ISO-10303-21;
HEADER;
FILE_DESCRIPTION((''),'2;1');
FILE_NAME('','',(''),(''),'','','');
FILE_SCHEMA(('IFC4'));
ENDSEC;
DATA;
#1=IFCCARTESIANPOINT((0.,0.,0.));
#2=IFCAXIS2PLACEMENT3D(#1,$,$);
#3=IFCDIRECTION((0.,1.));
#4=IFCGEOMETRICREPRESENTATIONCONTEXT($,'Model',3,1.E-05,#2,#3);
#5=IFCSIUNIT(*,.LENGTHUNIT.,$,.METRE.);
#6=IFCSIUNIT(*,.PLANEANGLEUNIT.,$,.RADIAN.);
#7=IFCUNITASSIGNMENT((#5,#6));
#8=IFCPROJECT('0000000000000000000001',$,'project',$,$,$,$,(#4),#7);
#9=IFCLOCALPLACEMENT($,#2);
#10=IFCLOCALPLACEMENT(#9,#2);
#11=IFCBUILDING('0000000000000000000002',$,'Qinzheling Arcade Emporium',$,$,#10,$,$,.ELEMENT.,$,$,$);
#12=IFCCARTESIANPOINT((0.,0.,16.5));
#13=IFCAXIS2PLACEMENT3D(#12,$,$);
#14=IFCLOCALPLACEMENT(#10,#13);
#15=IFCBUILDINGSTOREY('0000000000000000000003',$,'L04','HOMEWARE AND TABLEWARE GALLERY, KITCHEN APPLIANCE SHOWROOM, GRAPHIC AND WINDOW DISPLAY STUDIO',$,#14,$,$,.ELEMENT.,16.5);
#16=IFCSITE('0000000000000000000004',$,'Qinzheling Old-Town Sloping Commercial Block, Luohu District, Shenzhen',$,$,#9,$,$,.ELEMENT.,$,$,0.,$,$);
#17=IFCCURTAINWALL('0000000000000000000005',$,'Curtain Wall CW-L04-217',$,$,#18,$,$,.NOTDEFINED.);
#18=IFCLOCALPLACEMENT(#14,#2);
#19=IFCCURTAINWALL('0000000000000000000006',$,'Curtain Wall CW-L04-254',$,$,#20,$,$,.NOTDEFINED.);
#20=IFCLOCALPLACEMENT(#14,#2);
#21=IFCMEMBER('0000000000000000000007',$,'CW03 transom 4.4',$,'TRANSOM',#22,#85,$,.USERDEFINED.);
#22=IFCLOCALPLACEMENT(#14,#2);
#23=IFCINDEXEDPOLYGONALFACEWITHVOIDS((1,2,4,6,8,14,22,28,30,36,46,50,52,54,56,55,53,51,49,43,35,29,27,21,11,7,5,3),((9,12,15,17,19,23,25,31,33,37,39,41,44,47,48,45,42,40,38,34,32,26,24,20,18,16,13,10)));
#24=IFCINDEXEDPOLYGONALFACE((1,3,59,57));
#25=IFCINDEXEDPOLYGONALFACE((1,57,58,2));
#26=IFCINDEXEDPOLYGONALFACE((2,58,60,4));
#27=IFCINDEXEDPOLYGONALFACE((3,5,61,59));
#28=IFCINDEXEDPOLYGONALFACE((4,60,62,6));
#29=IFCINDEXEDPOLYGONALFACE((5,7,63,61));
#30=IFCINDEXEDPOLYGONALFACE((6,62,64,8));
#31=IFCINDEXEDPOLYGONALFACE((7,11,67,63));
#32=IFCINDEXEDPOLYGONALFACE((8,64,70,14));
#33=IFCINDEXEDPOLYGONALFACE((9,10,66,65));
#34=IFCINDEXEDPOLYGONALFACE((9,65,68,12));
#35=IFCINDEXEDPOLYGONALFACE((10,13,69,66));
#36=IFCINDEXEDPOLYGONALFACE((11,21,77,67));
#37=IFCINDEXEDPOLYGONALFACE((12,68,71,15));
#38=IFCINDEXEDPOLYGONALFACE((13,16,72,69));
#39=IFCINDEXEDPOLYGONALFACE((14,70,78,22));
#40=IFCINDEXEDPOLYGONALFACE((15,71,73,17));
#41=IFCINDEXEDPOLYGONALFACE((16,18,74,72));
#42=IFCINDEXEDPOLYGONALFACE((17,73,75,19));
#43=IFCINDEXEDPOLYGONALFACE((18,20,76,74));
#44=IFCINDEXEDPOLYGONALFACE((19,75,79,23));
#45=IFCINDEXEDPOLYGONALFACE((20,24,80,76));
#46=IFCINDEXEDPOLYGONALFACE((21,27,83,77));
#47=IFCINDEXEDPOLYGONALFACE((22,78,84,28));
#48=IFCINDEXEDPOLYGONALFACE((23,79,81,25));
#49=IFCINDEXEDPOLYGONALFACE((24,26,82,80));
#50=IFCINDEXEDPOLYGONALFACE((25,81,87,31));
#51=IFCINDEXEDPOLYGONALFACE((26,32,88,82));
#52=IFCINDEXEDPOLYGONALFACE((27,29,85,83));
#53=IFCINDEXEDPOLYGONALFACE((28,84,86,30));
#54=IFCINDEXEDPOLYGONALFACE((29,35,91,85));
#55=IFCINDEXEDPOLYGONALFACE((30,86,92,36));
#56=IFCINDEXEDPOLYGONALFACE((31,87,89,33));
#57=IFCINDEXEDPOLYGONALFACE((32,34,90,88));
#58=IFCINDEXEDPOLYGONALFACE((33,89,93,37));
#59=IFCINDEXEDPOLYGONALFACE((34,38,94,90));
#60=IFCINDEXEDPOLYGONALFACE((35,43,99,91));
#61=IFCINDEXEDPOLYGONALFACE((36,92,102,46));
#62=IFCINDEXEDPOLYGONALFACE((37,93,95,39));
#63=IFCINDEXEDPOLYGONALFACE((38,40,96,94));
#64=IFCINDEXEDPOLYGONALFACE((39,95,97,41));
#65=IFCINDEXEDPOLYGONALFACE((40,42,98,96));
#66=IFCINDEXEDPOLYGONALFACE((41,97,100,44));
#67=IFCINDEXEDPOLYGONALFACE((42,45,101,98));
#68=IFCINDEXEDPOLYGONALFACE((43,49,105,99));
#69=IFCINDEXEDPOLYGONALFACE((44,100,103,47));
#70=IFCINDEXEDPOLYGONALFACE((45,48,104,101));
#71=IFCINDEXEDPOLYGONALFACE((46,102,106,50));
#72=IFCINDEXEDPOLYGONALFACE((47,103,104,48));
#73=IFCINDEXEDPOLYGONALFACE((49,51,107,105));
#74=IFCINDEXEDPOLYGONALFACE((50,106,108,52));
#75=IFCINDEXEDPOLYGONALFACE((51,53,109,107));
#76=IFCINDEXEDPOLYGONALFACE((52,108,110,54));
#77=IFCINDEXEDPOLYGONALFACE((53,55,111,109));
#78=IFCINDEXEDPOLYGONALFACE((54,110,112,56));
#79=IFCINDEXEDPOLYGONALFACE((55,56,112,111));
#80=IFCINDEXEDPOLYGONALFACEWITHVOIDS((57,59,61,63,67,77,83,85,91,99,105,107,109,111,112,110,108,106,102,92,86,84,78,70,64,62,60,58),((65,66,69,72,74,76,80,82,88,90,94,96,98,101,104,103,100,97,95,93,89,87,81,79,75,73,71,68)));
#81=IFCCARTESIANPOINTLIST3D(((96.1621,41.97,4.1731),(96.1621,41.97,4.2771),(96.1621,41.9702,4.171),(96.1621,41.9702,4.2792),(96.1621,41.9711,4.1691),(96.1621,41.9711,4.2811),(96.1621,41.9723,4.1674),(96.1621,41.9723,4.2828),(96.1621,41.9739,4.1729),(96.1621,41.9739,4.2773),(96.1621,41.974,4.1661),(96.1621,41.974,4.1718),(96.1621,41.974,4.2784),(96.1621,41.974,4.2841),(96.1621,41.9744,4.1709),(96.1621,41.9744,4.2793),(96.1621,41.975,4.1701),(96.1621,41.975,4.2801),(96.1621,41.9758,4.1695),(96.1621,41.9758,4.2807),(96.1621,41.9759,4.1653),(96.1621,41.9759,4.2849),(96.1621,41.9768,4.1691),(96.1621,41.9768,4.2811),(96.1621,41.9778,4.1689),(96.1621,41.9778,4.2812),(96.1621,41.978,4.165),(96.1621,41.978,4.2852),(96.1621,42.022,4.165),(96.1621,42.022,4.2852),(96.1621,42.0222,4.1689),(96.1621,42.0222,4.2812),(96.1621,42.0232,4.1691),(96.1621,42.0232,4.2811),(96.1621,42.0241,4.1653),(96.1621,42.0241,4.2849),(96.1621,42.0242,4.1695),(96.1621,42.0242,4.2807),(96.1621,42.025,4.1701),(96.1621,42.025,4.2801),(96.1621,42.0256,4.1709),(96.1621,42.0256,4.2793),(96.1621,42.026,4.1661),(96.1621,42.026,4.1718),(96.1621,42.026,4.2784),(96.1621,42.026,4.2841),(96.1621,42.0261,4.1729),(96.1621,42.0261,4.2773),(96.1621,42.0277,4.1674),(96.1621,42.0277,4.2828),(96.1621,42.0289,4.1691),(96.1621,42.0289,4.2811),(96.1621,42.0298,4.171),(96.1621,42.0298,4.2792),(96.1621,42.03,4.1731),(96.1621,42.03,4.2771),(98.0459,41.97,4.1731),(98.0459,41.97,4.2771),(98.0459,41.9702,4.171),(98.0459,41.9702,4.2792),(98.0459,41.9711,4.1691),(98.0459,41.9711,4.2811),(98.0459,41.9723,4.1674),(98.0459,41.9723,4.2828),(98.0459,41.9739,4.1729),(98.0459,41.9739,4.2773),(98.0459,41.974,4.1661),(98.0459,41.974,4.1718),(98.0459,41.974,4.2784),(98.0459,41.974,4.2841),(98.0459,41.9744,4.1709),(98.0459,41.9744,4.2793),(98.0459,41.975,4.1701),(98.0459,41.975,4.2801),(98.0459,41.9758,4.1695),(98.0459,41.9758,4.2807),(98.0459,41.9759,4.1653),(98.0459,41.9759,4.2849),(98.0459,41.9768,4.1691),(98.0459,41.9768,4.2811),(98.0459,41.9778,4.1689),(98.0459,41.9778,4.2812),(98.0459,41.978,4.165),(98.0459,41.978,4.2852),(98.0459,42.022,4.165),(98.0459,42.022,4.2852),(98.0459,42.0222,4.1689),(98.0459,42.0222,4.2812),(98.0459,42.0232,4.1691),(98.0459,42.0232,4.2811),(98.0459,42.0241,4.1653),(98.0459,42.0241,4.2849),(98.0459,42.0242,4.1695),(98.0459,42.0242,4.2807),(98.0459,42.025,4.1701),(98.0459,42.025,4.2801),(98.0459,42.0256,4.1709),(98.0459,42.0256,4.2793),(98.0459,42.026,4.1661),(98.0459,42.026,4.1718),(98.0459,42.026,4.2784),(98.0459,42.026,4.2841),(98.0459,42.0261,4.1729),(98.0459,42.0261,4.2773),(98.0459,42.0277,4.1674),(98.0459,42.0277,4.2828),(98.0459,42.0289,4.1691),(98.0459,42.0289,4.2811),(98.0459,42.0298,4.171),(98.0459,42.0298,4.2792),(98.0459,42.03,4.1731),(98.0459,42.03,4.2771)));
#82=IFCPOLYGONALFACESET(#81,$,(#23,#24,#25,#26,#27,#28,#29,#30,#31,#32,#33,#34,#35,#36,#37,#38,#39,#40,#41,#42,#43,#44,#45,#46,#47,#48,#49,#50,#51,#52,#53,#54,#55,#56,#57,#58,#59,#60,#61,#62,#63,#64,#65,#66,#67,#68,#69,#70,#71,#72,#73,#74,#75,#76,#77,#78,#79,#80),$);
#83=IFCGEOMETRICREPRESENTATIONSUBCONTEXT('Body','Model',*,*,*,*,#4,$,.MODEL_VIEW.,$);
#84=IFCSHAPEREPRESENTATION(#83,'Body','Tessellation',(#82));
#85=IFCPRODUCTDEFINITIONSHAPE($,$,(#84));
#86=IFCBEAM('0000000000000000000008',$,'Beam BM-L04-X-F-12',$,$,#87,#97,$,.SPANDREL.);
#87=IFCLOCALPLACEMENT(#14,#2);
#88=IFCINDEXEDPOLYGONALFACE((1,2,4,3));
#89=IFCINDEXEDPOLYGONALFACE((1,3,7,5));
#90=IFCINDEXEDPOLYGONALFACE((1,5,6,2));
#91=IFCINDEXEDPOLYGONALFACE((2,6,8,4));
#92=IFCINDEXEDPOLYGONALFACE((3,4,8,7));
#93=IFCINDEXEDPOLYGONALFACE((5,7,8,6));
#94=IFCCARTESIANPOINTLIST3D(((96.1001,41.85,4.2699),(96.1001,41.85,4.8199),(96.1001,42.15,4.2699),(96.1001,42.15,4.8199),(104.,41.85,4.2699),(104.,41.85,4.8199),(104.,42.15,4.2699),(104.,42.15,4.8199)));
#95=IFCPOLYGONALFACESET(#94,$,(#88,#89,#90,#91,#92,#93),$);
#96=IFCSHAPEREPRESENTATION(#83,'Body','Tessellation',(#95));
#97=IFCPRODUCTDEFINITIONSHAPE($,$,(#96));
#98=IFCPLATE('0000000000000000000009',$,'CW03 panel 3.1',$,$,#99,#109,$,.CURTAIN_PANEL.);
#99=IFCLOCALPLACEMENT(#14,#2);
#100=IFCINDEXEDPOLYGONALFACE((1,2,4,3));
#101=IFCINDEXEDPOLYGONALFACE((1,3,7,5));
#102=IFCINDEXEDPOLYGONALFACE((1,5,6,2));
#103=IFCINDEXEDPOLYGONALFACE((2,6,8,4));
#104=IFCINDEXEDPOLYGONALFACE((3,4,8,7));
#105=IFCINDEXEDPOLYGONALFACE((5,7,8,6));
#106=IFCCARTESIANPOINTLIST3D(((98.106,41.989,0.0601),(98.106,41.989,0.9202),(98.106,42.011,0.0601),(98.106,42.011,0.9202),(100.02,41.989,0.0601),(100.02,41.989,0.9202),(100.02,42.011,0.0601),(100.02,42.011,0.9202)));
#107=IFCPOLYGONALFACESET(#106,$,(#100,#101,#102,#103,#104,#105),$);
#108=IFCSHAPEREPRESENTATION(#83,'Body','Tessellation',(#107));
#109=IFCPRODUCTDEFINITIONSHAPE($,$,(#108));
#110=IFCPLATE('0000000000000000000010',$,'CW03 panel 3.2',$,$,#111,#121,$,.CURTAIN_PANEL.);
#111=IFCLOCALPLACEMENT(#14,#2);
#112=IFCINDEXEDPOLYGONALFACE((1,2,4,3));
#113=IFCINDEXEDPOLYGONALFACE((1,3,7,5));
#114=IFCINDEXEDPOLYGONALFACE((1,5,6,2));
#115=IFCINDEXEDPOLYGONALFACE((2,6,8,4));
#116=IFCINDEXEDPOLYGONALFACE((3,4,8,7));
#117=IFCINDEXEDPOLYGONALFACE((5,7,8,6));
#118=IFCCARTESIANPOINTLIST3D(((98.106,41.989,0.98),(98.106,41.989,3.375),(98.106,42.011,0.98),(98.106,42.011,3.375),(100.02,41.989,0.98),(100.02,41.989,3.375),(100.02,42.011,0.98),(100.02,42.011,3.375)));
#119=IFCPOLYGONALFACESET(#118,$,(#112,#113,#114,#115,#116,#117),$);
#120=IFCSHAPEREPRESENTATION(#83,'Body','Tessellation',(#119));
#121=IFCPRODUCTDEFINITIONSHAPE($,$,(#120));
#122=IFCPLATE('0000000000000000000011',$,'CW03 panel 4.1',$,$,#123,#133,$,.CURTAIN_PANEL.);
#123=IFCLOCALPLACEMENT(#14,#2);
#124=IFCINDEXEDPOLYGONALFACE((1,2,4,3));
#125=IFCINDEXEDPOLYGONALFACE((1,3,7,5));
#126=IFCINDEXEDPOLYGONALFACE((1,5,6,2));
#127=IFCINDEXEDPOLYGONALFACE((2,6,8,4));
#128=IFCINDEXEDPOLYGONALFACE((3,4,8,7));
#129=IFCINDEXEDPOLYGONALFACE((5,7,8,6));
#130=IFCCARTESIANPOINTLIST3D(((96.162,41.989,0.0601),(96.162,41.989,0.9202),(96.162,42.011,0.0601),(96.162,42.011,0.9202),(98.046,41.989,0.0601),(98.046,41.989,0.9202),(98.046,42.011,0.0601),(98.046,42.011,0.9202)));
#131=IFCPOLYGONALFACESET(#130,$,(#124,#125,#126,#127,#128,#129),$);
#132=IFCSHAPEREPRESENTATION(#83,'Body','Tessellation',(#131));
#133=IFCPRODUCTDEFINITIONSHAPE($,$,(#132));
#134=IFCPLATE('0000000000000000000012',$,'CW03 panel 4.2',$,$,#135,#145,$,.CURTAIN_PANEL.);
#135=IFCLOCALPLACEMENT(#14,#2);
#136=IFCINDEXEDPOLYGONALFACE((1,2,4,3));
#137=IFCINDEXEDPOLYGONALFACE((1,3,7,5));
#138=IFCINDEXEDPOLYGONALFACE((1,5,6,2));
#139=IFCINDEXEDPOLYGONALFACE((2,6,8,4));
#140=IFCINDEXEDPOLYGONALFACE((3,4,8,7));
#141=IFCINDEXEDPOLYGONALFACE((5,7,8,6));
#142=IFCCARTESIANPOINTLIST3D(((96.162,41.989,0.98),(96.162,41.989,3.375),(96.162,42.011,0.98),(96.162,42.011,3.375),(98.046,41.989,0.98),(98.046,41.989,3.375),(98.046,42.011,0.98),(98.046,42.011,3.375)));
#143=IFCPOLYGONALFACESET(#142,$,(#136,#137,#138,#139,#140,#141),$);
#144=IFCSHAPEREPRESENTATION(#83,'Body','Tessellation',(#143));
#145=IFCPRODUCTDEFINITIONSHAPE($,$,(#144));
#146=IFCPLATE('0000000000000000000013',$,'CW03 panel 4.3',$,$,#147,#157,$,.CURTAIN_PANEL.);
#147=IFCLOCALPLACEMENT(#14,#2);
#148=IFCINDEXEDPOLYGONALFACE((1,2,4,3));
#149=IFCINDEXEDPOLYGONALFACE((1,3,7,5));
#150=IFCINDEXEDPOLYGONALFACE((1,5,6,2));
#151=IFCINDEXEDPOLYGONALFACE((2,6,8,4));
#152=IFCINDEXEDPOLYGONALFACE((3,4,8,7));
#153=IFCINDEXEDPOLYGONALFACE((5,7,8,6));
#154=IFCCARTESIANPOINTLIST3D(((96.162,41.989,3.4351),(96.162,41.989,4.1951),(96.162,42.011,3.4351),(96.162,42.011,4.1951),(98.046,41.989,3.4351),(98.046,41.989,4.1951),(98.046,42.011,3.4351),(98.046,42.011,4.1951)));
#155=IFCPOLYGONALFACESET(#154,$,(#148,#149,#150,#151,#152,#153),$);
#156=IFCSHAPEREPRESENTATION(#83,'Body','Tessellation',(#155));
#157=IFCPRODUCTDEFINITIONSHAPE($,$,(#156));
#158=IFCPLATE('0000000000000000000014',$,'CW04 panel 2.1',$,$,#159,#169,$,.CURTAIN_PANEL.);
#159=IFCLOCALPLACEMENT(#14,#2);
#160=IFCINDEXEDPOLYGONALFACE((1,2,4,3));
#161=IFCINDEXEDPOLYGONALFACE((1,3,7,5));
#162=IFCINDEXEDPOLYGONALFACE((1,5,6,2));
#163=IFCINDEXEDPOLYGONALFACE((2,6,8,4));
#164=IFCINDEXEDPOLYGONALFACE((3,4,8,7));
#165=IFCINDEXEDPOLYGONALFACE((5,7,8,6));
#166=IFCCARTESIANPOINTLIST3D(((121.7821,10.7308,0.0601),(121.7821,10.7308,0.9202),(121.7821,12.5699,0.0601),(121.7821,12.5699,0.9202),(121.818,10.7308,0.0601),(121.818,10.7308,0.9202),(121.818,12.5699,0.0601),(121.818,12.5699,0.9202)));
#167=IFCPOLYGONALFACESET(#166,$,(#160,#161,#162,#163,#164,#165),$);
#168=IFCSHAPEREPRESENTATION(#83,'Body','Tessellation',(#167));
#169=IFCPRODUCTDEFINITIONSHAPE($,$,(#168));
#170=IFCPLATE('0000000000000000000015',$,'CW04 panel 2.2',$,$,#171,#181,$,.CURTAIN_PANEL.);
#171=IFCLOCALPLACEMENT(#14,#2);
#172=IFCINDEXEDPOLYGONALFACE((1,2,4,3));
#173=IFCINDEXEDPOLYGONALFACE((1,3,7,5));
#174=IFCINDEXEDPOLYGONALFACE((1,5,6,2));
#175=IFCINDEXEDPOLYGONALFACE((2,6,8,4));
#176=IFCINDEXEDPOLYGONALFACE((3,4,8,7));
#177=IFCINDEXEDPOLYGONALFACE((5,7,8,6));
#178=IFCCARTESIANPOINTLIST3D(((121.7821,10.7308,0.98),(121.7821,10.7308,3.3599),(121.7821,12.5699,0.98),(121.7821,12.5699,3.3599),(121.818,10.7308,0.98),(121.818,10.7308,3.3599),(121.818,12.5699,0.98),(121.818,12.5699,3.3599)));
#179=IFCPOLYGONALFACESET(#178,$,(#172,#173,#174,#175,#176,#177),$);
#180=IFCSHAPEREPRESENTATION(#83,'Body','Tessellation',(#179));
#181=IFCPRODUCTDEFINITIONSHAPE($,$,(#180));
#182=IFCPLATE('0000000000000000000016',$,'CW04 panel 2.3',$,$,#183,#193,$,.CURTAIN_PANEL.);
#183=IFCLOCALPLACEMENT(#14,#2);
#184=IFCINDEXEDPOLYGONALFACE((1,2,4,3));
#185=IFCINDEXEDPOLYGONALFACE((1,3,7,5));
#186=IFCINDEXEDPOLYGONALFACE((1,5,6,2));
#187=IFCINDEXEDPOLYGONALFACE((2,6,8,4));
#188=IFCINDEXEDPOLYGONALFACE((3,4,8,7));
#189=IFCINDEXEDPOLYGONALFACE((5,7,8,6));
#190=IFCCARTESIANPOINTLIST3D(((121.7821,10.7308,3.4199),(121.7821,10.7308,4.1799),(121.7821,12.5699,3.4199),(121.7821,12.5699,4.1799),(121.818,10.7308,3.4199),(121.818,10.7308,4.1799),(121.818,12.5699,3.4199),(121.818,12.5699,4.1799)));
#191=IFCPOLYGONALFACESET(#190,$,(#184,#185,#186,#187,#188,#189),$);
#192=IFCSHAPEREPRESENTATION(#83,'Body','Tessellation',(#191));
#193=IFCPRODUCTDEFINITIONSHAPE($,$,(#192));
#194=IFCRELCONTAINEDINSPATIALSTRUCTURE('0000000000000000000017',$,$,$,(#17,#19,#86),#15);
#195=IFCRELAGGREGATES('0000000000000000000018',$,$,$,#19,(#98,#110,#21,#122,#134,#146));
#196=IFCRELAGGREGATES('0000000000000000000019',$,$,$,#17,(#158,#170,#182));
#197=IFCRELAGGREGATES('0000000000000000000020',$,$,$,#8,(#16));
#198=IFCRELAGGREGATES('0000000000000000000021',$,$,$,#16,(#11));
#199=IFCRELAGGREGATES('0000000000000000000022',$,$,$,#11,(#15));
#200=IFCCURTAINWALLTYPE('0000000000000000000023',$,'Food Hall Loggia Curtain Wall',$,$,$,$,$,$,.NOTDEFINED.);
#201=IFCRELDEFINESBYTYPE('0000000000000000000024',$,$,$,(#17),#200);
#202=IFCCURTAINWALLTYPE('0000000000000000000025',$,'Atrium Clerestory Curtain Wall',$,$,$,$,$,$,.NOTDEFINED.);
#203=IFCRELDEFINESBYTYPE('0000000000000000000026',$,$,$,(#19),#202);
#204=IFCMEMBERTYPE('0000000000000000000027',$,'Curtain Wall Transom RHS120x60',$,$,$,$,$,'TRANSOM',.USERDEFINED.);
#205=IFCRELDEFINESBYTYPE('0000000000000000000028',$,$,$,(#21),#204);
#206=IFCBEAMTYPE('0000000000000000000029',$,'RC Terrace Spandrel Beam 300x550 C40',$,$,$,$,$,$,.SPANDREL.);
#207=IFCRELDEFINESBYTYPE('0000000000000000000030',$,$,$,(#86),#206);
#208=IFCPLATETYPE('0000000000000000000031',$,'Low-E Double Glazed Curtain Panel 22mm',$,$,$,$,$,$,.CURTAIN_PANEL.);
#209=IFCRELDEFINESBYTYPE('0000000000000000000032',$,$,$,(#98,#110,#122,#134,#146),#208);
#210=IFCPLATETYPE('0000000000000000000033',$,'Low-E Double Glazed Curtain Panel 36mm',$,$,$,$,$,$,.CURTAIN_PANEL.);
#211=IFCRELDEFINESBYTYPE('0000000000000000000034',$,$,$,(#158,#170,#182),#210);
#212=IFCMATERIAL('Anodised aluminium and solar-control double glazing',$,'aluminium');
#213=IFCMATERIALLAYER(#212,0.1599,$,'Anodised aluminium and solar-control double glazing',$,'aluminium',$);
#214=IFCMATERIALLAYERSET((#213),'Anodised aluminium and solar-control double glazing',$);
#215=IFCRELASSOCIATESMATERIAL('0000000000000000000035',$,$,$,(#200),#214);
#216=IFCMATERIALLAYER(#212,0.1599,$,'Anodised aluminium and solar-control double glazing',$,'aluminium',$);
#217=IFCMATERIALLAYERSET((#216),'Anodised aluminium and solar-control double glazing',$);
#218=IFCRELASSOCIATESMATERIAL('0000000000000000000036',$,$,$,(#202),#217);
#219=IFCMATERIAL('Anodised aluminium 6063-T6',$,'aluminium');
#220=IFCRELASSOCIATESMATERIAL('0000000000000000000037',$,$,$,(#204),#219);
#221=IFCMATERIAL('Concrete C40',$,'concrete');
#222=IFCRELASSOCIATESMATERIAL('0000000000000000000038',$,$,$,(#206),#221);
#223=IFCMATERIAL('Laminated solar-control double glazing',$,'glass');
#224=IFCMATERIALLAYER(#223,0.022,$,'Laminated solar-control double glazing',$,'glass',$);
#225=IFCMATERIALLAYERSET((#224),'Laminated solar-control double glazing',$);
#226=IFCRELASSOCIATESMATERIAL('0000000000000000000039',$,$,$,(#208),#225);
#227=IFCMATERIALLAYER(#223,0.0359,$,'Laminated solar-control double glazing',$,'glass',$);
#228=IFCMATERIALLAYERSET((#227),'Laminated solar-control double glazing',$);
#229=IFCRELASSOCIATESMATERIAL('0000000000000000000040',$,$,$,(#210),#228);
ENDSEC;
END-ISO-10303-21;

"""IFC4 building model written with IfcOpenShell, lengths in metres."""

from ifc_helpers import new_model, si_unit, direction, frame, origin, origin_2d, place, context, subcontext, project, spatial, rectangle, hollow_rectangle, extrude, material, layer, layer_set, material_profile, profile_set, type_object, element, aggregate, save


model = new_model("IFC4")

# Units and contexts
model_context = context("Model", 3, precision=1e-05, world=origin(), true_north=direction((0.0, 1.0)))
body_context = subcontext(model_context, "Body", "Model", "MODEL_VIEW")
ifc_project = project(units=[si_unit("LENGTHUNIT", "METRE"), si_unit("PLANEANGLEUNIT", "RADIAN")], contexts=[model_context])

# Site, building, storey
site_placement = place(None, origin())
site = spatial("IfcSite", under=ifc_project, at=site_placement, Name="Qinzheling Old-Town Sloping Commercial Block, Luohu District, Shenzhen", CompositionType="ELEMENT", RefElevation=0.0)
building_placement = place(site_placement, origin())
building = spatial("IfcBuilding", under=site, at=building_placement, Name="Qinzheling Arcade Emporium", CompositionType="ELEMENT")
storey_placement = place(building_placement, frame((0.0, 0.0, 16.5)))
storey = spatial("IfcBuildingStorey", under=building, at=storey_placement, Name="L04", Description="HOMEWARE AND TABLEWARE GALLERY, KITCHEN APPLIANCE SHOWROOM, GRAPHIC AND WINDOW DISPLAY STUDIO", CompositionType="ELEMENT", Elevation=16.5)

# Shared definitions
ifc_material_1 = material(Name="Concrete C40", Category="concrete")

# Curtain wall
ifc_material_2 = material(Name="Anodised aluminium and solar-control double glazing", Category="aluminium")
ifc_layer_1 = layer(ifc_material_2, 0.1599, Name="Anodised aluminium and solar-control double glazing", Category="aluminium")
ifc_layer_set_1 = layer_set([ifc_layer_1], Name="Anodised aluminium and solar-control double glazing")
curtain_wall_type_1 = type_object("IfcCurtainWallType", Name="Food Hall Loggia Curtain Wall", PredefinedType="NOTDEFINED", material=ifc_layer_set_1)
curtain_wall_1_placement = place(storey_placement, origin())
curtain_wall_1 = element("IfcCurtainWall", 1, at=curtain_wall_1_placement, inside=storey, type_object=curtain_wall_type_1, Name="Curtain Wall CW-L04-217", PredefinedType="NOTDEFINED")
ifc_material_3 = material(Name="Anodised aluminium 6063-T6", Category="aluminium")

# Curtain wall, member
ifc_layer_2 = layer(ifc_material_2, 0.1599, Name="Anodised aluminium and solar-control double glazing", Category="aluminium")
ifc_layer_set_2 = layer_set([ifc_layer_2], Name="Anodised aluminium and solar-control double glazing")
curtain_wall_type_2 = type_object("IfcCurtainWallType", Name="Atrium Clerestory Curtain Wall", PredefinedType="NOTDEFINED", material=ifc_layer_set_2)
curtain_wall_2_placement = place(storey_placement, origin())
curtain_wall_2 = element("IfcCurtainWall", 2, at=curtain_wall_2_placement, inside=storey, type_object=curtain_wall_type_2, Name="Curtain Wall CW-L04-254", PredefinedType="NOTDEFINED")
ifc_material_profile_1 = material_profile(ifc_material_3, hollow_rectangle(XDim=0.0601, YDim=0.1201, WallThickness=0.0039, InnerFilletRadius=0.0039, OuterFilletRadius=0.0081, at=origin_2d()), Name="RHS 120x60x4", Category="aluminium")
ifc_profile_set_1 = profile_set([ifc_material_profile_1], Name="Anodised aluminium 6063-T6")
member_type_1 = type_object("IfcMemberType", Name="Curtain Wall Transom RHS120x60", ElementType="TRANSOM", PredefinedType="USERDEFINED", material=ifc_profile_set_1)
member_1_placement = place(storey_placement, frame((98.0459, 42.0, 4.2251), z_axis=(-1.0, 0.0, 0.0), x_axis=(0.0, -1.0, 0.0)))
member_1 = element("IfcMember", 3, at=member_1_placement, type_object=member_type_1, Name="CW03 transom 4.4", ObjectType="TRANSOM", PredefinedType="USERDEFINED", context=body_context, shape_type="SweptSolid", body=[
    extrude(hollow_rectangle(XDim=0.0601, YDim=0.1201, WallThickness=0.0039, InnerFilletRadius=0.0039, OuterFilletRadius=0.0081, at=origin_2d()), origin(), (0.0, 0.0, 1.0), 1.8838),
])

# Beam
ifc_material_profile_2 = material_profile(ifc_material_1, rectangle(XDim=0.3, YDim=0.55, at=origin_2d()), Name="RC 300x550", Category="concrete")
ifc_profile_set_2 = profile_set([ifc_material_profile_2], Name="Concrete C40")
beam_type = type_object("IfcBeamType", Name="RC Terrace Spandrel Beam 300x550 C40", PredefinedType="SPANDREL", material=ifc_profile_set_2)
beam_placement = place(storey_placement, frame((96.1001, 42.0, 4.5449), z_axis=(1.0, 0.0, 0.0), x_axis=(0.0, 1.0, 0.0)))
element("IfcBeam", 4, at=beam_placement, inside=storey, type_object=beam_type, Name="Beam BM-L04-X-F-12", PredefinedType="SPANDREL", context=body_context, shape_type="SweptSolid", body=[
    extrude(rectangle(XDim=0.3, YDim=0.55, at=origin_2d()), origin(), (0.0, 0.0, 1.0), 7.8999),
])

# Plates
ifc_material_4 = material(Name="Laminated solar-control double glazing", Category="glass")
ifc_layer_3 = layer(ifc_material_4, 0.022, Name="Laminated solar-control double glazing", Category="glass")
ifc_layer_set_3 = layer_set([ifc_layer_3], Name="Laminated solar-control double glazing")
plate_type_1 = type_object("IfcPlateType", Name="Low-E Double Glazed Curtain Panel 22mm", PredefinedType="CURTAIN_PANEL", material=ifc_layer_set_3)
plate_1_placement = place(storey_placement, frame((99.063, 42.0, 0.0601), z_axis=(0.0, 0.0, 1.0), x_axis=(-1.0, 0.0, 0.0)))
plate_1 = element("IfcPlate", 5, at=plate_1_placement, type_object=plate_type_1, Name="CW03 panel 3.1", PredefinedType="CURTAIN_PANEL", context=body_context, shape_type="SweptSolid", body=[
    extrude(rectangle(XDim=1.9141, YDim=0.022, at=origin_2d()), origin(), (0.0, 0.0, 1.0), 0.8601),
])
plate_2_placement = place(storey_placement, frame((99.063, 42.0, 0.98), z_axis=(0.0, 0.0, 1.0), x_axis=(-1.0, 0.0, 0.0)))
plate_2 = element("IfcPlate", 6, at=plate_2_placement, type_object=plate_type_1, Name="CW03 panel 3.2", PredefinedType="CURTAIN_PANEL", context=body_context, shape_type="SweptSolid", body=[
    extrude(rectangle(XDim=1.9141, YDim=0.022, at=origin_2d()), origin(), (0.0, 0.0, 1.0), 2.395),
])
plate_3_placement = place(storey_placement, frame((97.104, 42.0, 0.0601), z_axis=(0.0, 0.0, 1.0), x_axis=(-1.0, 0.0, 0.0)))
plate_3 = element("IfcPlate", 7, at=plate_3_placement, type_object=plate_type_1, Name="CW03 panel 4.1", PredefinedType="CURTAIN_PANEL", context=body_context, shape_type="SweptSolid", body=[
    extrude(rectangle(XDim=1.884, YDim=0.022, at=origin_2d()), origin(), (0.0, 0.0, 1.0), 0.8601),
])
plate_4_placement = place(storey_placement, frame((97.104, 42.0, 0.98), z_axis=(0.0, 0.0, 1.0), x_axis=(-1.0, 0.0, 0.0)))
plate_4 = element("IfcPlate", 8, at=plate_4_placement, type_object=plate_type_1, Name="CW03 panel 4.2", PredefinedType="CURTAIN_PANEL", context=body_context, shape_type="SweptSolid", body=[
    extrude(rectangle(XDim=1.884, YDim=0.022, at=origin_2d()), origin(), (0.0, 0.0, 1.0), 2.395),
])
plate_5_placement = place(storey_placement, frame((97.104, 42.0, 3.4351), z_axis=(0.0, 0.0, 1.0), x_axis=(-1.0, 0.0, 0.0)))
plate_5 = element("IfcPlate", 9, at=plate_5_placement, type_object=plate_type_1, Name="CW03 panel 4.3", PredefinedType="CURTAIN_PANEL", context=body_context, shape_type="SweptSolid", body=[
    extrude(rectangle(XDim=1.884, YDim=0.022, at=origin_2d()), origin(), (0.0, 0.0, 1.0), 0.76),
])
aggregate(curtain_wall_2, [plate_1, plate_2, member_1, plate_3, plate_4, plate_5])
ifc_layer_4 = layer(ifc_material_4, 0.0359, Name="Laminated solar-control double glazing", Category="glass")
ifc_layer_set_4 = layer_set([ifc_layer_4], Name="Laminated solar-control double glazing")
plate_type_2 = type_object("IfcPlateType", Name="Low-E Double Glazed Curtain Panel 36mm", PredefinedType="CURTAIN_PANEL", material=ifc_layer_set_4)
plate_6_placement = place(storey_placement, frame((121.8, 11.6504, 0.0601), z_axis=(0.0, 0.0, 1.0), x_axis=(0.0, 1.0, 0.0)))
plate_6 = element("IfcPlate", 10, at=plate_6_placement, type_object=plate_type_2, Name="CW04 panel 2.1", PredefinedType="CURTAIN_PANEL", context=body_context, shape_type="SweptSolid", body=[
    extrude(rectangle(XDim=1.8391, YDim=0.0359, at=origin_2d()), origin(), (0.0, 0.0, 1.0), 0.8601),
])
plate_7_placement = place(storey_placement, frame((121.8, 11.6504, 0.98), z_axis=(0.0, 0.0, 1.0), x_axis=(0.0, 1.0, 0.0)))
plate_7 = element("IfcPlate", 11, at=plate_7_placement, type_object=plate_type_2, Name="CW04 panel 2.2", PredefinedType="CURTAIN_PANEL", context=body_context, shape_type="SweptSolid", body=[
    extrude(rectangle(XDim=1.8391, YDim=0.0359, at=origin_2d()), origin(), (0.0, 0.0, 1.0), 2.3799),
])
plate_8_placement = place(storey_placement, frame((121.8, 11.6504, 3.4199), z_axis=(0.0, 0.0, 1.0), x_axis=(0.0, 1.0, 0.0)))
plate_8 = element("IfcPlate", 12, at=plate_8_placement, type_object=plate_type_2, Name="CW04 panel 2.3", PredefinedType="CURTAIN_PANEL", context=body_context, shape_type="SweptSolid", body=[
    extrude(rectangle(XDim=1.8391, YDim=0.0359, at=origin_2d()), origin(), (0.0, 0.0, 1.0), 0.76),
])
aggregate(curtain_wall_1, [plate_6, plate_7, plate_8])

save(model, "model.ifc")
